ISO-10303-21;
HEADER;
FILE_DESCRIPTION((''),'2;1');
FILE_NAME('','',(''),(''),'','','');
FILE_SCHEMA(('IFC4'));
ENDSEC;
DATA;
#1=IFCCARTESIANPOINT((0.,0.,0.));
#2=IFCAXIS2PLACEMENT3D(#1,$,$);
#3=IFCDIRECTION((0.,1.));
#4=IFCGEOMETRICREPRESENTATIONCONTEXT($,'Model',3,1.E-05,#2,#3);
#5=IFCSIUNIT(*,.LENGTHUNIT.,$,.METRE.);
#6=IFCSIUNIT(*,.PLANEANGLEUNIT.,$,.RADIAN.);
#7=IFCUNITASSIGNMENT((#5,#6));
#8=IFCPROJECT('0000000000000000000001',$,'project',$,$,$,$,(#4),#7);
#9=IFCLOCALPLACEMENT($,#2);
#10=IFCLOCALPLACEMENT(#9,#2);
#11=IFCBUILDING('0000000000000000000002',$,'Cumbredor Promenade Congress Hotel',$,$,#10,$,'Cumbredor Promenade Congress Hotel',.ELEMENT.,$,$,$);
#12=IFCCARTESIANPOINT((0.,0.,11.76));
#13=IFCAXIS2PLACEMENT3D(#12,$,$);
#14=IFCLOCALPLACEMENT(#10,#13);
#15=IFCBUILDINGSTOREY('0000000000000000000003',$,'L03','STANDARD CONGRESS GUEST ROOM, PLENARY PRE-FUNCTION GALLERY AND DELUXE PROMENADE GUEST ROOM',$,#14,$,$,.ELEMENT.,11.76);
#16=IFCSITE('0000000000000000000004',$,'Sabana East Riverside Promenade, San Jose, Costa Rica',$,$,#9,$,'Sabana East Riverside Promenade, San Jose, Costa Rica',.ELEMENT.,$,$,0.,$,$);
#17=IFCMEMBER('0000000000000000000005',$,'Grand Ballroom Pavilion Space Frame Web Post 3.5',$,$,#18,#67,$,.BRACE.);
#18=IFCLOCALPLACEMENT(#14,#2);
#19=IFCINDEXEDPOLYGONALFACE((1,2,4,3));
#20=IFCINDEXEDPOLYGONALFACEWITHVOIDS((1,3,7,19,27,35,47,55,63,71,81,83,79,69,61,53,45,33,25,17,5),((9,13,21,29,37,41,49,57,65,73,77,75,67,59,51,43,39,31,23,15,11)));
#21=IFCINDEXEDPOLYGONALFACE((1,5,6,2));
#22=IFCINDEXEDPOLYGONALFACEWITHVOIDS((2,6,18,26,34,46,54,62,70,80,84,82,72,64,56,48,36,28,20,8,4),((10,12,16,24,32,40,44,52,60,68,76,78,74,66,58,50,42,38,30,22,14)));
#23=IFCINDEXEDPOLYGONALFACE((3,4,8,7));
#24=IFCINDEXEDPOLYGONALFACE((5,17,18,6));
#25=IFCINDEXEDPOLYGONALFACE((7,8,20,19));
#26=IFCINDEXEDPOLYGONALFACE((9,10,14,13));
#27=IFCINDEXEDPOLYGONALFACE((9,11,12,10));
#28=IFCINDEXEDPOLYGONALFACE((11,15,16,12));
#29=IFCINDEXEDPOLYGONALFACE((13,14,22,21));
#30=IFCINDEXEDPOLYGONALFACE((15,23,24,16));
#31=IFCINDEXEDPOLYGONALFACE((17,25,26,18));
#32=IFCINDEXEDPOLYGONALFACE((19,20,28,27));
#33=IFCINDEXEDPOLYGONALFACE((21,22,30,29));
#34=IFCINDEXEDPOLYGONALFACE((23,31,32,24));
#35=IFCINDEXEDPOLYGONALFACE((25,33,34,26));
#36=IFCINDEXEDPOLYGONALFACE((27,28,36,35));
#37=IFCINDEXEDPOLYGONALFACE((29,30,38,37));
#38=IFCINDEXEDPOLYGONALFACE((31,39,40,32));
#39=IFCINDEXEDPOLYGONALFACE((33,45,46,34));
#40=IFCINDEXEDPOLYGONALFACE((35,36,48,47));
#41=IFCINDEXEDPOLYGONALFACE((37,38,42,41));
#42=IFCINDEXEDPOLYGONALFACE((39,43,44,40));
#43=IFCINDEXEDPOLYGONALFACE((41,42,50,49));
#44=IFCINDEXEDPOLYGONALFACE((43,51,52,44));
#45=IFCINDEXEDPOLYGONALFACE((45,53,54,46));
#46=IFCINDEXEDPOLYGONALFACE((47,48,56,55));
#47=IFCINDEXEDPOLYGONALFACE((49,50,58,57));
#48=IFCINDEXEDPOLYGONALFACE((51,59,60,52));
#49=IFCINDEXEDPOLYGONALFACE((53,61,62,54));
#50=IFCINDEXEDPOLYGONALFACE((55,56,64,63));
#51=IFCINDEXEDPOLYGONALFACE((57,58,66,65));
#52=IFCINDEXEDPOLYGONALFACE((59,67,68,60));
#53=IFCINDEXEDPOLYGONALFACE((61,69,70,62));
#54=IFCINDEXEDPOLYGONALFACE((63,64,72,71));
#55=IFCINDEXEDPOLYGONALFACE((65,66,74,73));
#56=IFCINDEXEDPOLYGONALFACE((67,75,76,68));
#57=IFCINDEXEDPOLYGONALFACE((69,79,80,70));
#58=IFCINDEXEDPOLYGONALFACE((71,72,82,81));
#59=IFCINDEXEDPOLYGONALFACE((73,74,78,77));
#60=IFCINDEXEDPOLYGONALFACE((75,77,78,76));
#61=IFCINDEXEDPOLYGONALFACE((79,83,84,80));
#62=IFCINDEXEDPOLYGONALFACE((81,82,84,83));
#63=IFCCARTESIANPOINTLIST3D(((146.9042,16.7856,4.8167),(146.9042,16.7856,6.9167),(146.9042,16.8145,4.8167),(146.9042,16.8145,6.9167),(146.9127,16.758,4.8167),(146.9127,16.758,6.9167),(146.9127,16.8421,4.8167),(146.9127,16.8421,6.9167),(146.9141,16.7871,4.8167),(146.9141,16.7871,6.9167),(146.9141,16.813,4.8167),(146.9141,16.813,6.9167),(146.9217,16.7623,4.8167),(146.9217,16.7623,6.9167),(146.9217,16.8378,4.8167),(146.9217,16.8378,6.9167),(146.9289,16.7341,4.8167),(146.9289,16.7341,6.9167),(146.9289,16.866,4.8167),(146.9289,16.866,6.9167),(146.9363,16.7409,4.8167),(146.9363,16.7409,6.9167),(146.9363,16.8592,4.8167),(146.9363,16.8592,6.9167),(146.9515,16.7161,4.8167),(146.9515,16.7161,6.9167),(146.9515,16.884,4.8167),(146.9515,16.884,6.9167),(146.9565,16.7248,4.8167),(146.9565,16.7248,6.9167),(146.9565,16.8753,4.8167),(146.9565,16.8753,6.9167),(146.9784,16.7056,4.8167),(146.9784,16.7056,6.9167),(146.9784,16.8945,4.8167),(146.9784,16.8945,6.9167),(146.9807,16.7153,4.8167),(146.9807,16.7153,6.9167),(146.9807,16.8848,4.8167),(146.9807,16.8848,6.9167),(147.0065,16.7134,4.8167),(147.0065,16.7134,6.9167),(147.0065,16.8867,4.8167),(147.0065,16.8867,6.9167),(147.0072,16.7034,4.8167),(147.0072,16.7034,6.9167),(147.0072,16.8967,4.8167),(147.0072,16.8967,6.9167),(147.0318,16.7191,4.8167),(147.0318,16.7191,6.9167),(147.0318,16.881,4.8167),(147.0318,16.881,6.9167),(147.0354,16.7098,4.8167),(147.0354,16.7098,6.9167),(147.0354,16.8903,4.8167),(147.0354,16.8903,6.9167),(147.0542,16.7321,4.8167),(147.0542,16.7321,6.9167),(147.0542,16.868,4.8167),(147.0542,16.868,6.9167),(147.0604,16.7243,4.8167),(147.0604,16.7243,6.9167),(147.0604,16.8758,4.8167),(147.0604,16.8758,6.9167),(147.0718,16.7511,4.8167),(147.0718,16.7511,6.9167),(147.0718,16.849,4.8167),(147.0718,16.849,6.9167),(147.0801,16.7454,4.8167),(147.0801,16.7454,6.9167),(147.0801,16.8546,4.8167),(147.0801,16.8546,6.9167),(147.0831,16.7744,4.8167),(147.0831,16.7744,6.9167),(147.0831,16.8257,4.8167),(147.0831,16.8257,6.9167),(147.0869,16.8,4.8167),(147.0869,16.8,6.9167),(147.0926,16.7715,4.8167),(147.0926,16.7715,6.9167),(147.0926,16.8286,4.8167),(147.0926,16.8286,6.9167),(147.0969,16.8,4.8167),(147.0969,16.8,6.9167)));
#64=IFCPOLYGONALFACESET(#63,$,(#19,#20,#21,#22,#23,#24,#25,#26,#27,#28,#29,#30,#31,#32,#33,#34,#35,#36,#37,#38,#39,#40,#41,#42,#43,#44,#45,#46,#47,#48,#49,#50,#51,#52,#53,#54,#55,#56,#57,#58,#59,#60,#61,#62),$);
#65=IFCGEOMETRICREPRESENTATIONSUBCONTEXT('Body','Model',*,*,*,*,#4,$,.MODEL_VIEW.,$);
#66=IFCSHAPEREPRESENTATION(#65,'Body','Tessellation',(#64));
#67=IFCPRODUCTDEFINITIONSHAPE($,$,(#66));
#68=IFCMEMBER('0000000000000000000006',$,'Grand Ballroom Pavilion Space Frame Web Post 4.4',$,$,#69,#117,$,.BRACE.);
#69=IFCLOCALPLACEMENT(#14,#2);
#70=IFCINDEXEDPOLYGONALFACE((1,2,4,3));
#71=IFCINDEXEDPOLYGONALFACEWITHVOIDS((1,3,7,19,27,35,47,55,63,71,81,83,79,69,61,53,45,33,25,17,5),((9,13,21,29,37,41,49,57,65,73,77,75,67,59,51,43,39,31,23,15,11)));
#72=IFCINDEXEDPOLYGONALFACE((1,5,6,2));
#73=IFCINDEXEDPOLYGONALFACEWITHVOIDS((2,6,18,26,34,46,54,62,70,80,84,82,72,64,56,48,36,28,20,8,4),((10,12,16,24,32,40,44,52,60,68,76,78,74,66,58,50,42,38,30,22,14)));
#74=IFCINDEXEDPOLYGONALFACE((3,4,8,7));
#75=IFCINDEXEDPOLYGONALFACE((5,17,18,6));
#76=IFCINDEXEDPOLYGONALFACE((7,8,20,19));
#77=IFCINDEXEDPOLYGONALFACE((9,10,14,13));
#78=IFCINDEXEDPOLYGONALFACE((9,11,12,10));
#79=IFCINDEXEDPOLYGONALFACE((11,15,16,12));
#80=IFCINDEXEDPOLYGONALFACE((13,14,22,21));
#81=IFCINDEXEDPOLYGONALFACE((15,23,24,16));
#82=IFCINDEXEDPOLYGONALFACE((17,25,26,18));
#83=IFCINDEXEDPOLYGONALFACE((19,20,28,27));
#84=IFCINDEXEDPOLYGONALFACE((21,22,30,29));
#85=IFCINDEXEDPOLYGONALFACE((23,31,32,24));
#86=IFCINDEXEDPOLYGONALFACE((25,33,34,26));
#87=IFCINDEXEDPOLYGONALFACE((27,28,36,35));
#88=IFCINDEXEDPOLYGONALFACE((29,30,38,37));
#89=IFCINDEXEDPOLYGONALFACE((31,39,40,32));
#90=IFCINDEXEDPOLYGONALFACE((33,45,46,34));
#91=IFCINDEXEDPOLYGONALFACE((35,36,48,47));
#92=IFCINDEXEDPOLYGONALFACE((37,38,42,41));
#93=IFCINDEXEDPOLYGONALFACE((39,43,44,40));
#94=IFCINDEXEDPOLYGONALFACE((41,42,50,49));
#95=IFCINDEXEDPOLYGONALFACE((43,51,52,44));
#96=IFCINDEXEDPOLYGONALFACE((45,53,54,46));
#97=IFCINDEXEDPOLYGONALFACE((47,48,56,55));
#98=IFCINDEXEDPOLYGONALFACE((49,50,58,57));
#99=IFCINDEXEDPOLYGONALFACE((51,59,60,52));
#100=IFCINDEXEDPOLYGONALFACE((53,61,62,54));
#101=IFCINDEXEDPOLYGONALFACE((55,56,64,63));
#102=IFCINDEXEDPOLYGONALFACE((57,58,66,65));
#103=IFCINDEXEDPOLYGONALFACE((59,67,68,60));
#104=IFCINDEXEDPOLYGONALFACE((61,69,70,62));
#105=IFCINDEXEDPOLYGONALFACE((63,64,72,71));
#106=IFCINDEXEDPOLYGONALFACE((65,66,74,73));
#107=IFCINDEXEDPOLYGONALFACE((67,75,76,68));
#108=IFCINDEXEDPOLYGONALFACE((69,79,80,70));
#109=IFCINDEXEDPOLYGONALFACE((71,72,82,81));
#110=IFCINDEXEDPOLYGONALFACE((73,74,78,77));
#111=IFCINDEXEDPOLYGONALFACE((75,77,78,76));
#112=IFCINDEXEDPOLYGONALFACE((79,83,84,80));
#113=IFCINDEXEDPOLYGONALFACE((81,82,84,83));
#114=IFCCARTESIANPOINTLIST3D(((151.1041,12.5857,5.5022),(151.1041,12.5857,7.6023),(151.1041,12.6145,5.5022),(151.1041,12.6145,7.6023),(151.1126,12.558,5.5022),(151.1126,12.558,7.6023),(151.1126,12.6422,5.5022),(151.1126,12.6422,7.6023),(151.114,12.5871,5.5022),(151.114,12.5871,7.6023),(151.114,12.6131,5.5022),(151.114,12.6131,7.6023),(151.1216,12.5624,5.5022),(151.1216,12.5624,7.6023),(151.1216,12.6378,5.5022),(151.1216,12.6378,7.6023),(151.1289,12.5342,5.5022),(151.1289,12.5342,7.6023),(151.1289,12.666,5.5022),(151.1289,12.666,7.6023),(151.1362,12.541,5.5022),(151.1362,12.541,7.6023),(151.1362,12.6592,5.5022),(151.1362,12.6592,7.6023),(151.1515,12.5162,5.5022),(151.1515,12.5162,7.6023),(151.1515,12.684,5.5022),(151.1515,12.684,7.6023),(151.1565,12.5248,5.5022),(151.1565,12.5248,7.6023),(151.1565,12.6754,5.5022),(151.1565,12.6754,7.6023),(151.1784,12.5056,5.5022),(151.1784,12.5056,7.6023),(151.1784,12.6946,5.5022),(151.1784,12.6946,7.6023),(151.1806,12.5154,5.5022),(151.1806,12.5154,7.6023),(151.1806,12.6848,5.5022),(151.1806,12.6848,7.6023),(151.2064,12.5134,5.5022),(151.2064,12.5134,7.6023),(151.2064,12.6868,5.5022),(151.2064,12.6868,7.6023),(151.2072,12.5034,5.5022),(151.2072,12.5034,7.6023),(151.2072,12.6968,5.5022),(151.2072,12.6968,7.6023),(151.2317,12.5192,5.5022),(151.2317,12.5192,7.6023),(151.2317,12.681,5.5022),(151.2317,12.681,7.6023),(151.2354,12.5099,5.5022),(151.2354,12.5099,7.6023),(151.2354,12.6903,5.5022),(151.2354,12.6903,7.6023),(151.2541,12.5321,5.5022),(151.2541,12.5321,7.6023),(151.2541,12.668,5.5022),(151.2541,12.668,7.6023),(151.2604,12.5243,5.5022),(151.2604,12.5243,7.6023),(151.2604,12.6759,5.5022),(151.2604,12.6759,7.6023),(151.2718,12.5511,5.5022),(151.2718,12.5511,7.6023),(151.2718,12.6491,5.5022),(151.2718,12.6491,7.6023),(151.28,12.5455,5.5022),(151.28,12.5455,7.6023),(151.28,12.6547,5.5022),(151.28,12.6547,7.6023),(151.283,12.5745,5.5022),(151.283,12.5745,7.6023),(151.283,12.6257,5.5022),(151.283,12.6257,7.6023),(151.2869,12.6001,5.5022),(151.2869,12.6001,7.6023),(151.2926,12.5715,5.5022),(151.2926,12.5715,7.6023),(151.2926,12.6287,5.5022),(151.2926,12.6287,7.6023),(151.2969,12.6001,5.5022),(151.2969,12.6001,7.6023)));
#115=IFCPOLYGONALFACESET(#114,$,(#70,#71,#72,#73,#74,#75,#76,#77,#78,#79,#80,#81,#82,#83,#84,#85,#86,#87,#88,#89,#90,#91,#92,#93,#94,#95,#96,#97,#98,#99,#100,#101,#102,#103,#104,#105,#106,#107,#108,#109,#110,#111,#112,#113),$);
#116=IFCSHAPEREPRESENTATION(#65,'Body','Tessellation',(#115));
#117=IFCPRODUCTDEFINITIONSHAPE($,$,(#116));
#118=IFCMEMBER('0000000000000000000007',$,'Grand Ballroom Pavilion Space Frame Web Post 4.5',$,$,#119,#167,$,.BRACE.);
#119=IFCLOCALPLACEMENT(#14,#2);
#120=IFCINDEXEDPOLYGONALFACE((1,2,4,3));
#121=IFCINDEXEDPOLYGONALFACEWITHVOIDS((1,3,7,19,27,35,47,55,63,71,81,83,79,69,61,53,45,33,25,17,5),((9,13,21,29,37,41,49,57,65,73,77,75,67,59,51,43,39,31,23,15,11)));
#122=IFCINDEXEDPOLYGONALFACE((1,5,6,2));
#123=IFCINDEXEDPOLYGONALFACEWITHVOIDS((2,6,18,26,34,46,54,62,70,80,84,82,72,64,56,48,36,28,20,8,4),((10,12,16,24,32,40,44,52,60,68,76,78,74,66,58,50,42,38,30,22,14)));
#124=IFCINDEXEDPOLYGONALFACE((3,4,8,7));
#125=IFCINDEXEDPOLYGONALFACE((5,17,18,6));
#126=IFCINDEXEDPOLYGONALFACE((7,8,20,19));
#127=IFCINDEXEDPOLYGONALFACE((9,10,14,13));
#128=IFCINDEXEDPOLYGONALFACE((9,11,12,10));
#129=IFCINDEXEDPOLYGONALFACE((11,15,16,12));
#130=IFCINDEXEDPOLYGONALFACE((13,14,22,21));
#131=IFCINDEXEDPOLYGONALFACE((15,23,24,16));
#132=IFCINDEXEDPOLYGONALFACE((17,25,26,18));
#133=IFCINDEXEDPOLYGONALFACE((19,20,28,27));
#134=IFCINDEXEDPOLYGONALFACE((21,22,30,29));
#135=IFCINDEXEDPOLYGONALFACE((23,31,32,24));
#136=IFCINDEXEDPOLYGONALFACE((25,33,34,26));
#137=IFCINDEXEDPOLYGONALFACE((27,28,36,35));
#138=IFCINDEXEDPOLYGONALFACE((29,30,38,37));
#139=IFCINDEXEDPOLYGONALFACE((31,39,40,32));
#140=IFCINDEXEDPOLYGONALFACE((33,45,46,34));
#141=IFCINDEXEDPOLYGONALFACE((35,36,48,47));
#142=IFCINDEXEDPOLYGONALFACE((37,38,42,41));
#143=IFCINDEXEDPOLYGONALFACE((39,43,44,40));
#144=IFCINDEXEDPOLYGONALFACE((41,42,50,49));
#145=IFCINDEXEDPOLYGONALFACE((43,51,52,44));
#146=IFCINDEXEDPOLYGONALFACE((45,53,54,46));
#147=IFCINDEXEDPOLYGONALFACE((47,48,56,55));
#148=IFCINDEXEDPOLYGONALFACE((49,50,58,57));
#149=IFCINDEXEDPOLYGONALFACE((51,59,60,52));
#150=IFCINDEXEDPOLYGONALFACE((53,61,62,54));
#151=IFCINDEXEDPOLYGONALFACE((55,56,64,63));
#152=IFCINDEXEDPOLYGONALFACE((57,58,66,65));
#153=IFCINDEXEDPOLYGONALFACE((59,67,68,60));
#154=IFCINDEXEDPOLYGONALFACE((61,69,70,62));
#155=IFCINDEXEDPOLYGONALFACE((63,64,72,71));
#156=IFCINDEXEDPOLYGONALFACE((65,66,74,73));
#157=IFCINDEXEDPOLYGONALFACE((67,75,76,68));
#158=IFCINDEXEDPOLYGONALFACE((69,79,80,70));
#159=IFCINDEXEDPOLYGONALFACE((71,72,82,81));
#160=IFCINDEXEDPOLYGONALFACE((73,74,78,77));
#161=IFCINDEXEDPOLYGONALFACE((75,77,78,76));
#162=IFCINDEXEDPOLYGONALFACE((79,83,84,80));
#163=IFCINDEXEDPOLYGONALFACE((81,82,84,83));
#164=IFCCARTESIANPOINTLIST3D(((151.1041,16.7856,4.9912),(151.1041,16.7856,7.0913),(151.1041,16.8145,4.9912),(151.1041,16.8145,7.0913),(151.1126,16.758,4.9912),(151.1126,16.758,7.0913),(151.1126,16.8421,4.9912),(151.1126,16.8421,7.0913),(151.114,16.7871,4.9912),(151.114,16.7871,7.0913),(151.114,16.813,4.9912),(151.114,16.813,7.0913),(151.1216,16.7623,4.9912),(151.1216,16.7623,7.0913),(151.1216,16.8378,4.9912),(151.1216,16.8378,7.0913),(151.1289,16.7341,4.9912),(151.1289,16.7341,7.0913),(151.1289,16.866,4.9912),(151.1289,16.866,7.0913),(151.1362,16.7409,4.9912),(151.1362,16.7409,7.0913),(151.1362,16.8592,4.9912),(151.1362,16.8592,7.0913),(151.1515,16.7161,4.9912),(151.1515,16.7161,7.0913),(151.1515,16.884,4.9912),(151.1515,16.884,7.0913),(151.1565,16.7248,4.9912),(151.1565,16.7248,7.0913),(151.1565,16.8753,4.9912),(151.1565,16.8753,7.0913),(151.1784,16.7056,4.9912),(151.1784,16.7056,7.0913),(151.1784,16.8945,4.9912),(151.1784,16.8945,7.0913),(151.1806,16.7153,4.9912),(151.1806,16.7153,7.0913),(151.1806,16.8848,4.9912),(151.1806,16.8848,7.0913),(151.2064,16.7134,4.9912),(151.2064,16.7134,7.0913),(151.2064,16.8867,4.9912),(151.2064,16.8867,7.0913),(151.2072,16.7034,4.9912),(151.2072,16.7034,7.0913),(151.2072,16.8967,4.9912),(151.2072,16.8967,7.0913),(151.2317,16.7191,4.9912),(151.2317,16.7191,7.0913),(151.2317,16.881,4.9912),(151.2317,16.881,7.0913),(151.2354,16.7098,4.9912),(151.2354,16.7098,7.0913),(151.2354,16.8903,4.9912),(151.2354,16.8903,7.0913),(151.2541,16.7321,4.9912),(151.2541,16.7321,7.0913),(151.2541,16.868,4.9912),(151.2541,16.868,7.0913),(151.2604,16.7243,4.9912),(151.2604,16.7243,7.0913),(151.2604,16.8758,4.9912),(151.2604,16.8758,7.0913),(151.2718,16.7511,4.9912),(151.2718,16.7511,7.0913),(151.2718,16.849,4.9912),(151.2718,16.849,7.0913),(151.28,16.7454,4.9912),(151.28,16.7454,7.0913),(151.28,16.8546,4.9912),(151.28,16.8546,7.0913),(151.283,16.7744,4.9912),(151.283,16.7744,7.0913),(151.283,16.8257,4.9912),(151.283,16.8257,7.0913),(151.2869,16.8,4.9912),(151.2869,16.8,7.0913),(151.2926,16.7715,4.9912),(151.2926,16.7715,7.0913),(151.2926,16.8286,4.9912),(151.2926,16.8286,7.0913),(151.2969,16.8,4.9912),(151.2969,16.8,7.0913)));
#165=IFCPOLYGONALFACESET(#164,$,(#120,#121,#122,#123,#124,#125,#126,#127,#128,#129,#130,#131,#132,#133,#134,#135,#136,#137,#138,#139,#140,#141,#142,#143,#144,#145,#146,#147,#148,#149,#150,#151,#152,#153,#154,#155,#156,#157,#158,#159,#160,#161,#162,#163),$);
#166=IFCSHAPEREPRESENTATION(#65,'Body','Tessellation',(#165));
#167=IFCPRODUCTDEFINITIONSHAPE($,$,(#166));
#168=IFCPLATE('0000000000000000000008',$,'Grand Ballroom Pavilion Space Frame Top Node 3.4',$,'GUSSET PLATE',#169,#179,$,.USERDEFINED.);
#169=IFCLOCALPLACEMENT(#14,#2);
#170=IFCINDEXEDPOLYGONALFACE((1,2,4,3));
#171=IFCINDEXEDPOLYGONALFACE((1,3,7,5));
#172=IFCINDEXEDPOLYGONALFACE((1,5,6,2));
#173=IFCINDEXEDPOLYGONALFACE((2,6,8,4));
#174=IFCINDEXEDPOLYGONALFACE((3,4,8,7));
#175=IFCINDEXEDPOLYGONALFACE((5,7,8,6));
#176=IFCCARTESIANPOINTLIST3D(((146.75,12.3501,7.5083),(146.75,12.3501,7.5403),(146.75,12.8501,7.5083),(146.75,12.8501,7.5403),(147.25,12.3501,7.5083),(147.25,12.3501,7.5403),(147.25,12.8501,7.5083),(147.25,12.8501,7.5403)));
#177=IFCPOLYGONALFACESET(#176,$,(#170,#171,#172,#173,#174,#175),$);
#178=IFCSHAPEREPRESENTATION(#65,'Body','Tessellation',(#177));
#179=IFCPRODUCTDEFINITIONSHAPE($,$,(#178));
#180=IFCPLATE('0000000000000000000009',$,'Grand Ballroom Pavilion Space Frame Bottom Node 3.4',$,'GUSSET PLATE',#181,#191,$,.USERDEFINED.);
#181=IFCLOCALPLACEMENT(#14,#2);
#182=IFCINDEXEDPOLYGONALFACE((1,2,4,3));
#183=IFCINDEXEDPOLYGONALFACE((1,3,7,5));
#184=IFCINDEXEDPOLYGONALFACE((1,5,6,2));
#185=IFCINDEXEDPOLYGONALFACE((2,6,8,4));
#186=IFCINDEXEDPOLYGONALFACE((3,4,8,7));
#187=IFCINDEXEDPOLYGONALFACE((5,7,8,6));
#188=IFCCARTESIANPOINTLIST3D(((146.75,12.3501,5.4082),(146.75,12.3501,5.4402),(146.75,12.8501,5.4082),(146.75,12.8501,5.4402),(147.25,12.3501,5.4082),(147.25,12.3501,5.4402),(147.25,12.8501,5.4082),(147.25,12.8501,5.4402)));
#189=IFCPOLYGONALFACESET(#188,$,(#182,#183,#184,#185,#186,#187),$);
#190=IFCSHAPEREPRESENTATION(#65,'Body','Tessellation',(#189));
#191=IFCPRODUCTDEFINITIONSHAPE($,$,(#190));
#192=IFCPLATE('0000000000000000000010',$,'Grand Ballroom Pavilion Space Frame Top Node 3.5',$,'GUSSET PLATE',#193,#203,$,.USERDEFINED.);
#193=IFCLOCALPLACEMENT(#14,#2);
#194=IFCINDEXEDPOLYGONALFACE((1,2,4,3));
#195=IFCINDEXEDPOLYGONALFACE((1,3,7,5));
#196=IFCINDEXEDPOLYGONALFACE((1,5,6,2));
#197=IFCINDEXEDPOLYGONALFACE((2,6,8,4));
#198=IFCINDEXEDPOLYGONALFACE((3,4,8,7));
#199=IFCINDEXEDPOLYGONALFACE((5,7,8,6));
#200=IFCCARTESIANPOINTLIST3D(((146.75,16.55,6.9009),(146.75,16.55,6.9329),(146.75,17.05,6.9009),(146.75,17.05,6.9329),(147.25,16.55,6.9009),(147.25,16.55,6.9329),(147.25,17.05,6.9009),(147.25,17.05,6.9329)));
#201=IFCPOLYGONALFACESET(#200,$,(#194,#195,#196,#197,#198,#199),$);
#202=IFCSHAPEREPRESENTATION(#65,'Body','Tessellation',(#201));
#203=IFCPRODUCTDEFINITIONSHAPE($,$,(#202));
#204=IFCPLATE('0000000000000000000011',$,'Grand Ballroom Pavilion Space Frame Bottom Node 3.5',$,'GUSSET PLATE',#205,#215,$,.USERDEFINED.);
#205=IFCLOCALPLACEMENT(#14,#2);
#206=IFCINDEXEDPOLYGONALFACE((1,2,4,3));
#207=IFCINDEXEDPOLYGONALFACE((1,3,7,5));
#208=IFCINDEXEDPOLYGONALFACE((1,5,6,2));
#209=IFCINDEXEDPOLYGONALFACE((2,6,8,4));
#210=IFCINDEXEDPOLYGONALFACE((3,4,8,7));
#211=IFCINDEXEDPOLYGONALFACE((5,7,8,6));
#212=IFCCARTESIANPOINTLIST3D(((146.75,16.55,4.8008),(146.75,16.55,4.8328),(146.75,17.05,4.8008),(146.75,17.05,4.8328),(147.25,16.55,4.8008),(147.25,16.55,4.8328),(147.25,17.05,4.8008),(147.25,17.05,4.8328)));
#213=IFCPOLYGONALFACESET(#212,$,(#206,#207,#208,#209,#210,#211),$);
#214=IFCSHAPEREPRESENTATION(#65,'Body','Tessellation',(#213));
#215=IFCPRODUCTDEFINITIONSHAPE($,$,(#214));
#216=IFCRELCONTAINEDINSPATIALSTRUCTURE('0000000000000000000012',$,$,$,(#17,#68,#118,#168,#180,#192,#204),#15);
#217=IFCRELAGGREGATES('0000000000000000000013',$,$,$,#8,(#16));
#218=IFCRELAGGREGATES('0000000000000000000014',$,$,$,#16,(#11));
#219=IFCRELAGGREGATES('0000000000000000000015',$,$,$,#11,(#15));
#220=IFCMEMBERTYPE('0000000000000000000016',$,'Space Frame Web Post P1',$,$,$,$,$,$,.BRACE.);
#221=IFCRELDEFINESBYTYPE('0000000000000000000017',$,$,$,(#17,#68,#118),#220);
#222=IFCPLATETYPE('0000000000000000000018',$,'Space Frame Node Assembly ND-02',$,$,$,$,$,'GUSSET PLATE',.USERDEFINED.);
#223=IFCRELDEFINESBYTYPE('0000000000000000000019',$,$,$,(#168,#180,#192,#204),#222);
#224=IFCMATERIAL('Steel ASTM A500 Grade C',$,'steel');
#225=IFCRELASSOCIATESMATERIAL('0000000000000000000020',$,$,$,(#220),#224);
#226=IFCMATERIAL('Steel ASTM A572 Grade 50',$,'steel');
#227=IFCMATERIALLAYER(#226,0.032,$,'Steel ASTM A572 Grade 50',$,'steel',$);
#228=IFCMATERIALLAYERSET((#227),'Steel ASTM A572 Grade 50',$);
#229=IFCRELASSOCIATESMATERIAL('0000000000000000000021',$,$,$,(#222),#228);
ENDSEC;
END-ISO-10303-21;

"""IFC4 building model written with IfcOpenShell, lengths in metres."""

from ifc_helpers import new_model, si_unit, direction, frame, origin, origin_2d, place, context, subcontext, project, spatial, rectangle, hollow_circle, extrude, material, layer, layer_set, material_profile, profile_set, type_object, element, save


model = new_model("IFC4")

# Units and contexts
model_context = context("Model", 3, precision=1e-05, world=origin(), true_north=direction((0.0, 1.0)))
body_context = subcontext(model_context, "Body", "Model", "MODEL_VIEW")
ifc_project = project(units=[si_unit("LENGTHUNIT", "METRE"), si_unit("PLANEANGLEUNIT", "RADIAN")], contexts=[model_context])

# Site, building, storey
site_placement = place(None, origin())
site = spatial("IfcSite", under=ifc_project, at=site_placement, Name="Sabana East Riverside Promenade, San Jose, Costa Rica", LongName="Sabana East Riverside Promenade, San Jose, Costa Rica", CompositionType="ELEMENT", RefElevation=0.0)
building_placement = place(site_placement, origin())
building = spatial("IfcBuilding", under=site, at=building_placement, Name="Cumbredor Promenade Congress Hotel", LongName="Cumbredor Promenade Congress Hotel", CompositionType="ELEMENT")
storey_placement = place(building_placement, frame((0.0, 0.0, 11.76)))
storey = spatial("IfcBuildingStorey", under=building, at=storey_placement, Name="L03", Description="STANDARD CONGRESS GUEST ROOM, PLENARY PRE-FUNCTION GALLERY AND DELUXE PROMENADE GUEST ROOM", CompositionType="ELEMENT", Elevation=11.76)

# Members
ifc_material_1 = material(Name="Steel ASTM A500 Grade C", Category="steel")
ifc_material_profile_1 = material_profile(ifc_material_1, hollow_circle(Radius=0.0969, WallThickness=0.01, at=origin_2d()), Name="CHS 193.7x10")
ifc_profile_set_1 = profile_set([ifc_material_profile_1], Name="Steel ASTM A500 Grade C")
member_type_1 = type_object("IfcMemberType", Name="Space Frame Web Post P1", PredefinedType="BRACE", material=ifc_profile_set_1)
for number, where, z_axis, x_axis, name in (
    (1, (147.0, 16.8, 4.8167), (0.0, 0.0, 1.0), (1.0, 0.0, 0.0), "Grand Ballroom Pavilion Space Frame Web Post 3.5"),
    (2, (151.2, 12.6001, 5.5022), (0.0, 0.0, 1.0), (1.0, 0.0, 0.0), "Grand Ballroom Pavilion Space Frame Web Post 4.4"),
    (3, (151.2, 16.8, 4.9912), (0.0, 0.0, 1.0), (1.0, 0.0, 0.0), "Grand Ballroom Pavilion Space Frame Web Post 4.5"),
):
    element("IfcMember", number, at=place(storey_placement, frame(where, z_axis=z_axis, x_axis=x_axis)), inside=storey, type_object=member_type_1, Name=name, PredefinedType="BRACE", context=body_context, shape_type="SweptSolid", body=[
        extrude(hollow_circle(Radius=0.0969, WallThickness=0.01, at=origin_2d()), origin(), (0.0, 0.0, 1.0), 2.1001),
    ])

# Plates
ifc_material_2 = material(Name="Steel ASTM A572 Grade 50", Category="steel")
ifc_layer = layer(ifc_material_2, 0.032, Name="Steel ASTM A572 Grade 50", Category="steel")
ifc_layer_set = layer_set([ifc_layer], Name="Steel ASTM A572 Grade 50")
plate_type = type_object("IfcPlateType", Name="Space Frame Node Assembly ND-02", ElementType="GUSSET PLATE", PredefinedType="USERDEFINED", material=ifc_layer_set)
for number, where, z_axis, x_axis, name in (
    (4, (147.0, 12.6001, 7.5083), (0.0, 0.0, 1.0), (1.0, 0.0, 0.0), "Grand Ballroom Pavilion Space Frame Top Node 3.4"),
    (5, (147.0, 12.6001, 5.4082), (0.0, 0.0, 1.0), (1.0, 0.0, 0.0), "Grand Ballroom Pavilion Space Frame Bottom Node 3.4"),
    (6, (147.0, 16.8, 6.9009), (0.0, 0.0, 1.0), (1.0, 0.0, 0.0), "Grand Ballroom Pavilion Space Frame Top Node 3.5"),
    (7, (147.0, 16.8, 4.8008), (0.0, 0.0, 1.0), (1.0, 0.0, 0.0), "Grand Ballroom Pavilion Space Frame Bottom Node 3.5"),
):
    element("IfcPlate", number, at=place(storey_placement, frame(where, z_axis=z_axis, x_axis=x_axis)), inside=storey, type_object=plate_type, Name=name, ObjectType="GUSSET PLATE", PredefinedType="USERDEFINED", context=body_context, shape_type="SweptSolid", body=[
        extrude(rectangle(XDim=0.5, YDim=0.5, at=origin_2d()), origin(), (0.0, 0.0, 1.0), 0.032),
    ])

save(model, "model.ifc")
